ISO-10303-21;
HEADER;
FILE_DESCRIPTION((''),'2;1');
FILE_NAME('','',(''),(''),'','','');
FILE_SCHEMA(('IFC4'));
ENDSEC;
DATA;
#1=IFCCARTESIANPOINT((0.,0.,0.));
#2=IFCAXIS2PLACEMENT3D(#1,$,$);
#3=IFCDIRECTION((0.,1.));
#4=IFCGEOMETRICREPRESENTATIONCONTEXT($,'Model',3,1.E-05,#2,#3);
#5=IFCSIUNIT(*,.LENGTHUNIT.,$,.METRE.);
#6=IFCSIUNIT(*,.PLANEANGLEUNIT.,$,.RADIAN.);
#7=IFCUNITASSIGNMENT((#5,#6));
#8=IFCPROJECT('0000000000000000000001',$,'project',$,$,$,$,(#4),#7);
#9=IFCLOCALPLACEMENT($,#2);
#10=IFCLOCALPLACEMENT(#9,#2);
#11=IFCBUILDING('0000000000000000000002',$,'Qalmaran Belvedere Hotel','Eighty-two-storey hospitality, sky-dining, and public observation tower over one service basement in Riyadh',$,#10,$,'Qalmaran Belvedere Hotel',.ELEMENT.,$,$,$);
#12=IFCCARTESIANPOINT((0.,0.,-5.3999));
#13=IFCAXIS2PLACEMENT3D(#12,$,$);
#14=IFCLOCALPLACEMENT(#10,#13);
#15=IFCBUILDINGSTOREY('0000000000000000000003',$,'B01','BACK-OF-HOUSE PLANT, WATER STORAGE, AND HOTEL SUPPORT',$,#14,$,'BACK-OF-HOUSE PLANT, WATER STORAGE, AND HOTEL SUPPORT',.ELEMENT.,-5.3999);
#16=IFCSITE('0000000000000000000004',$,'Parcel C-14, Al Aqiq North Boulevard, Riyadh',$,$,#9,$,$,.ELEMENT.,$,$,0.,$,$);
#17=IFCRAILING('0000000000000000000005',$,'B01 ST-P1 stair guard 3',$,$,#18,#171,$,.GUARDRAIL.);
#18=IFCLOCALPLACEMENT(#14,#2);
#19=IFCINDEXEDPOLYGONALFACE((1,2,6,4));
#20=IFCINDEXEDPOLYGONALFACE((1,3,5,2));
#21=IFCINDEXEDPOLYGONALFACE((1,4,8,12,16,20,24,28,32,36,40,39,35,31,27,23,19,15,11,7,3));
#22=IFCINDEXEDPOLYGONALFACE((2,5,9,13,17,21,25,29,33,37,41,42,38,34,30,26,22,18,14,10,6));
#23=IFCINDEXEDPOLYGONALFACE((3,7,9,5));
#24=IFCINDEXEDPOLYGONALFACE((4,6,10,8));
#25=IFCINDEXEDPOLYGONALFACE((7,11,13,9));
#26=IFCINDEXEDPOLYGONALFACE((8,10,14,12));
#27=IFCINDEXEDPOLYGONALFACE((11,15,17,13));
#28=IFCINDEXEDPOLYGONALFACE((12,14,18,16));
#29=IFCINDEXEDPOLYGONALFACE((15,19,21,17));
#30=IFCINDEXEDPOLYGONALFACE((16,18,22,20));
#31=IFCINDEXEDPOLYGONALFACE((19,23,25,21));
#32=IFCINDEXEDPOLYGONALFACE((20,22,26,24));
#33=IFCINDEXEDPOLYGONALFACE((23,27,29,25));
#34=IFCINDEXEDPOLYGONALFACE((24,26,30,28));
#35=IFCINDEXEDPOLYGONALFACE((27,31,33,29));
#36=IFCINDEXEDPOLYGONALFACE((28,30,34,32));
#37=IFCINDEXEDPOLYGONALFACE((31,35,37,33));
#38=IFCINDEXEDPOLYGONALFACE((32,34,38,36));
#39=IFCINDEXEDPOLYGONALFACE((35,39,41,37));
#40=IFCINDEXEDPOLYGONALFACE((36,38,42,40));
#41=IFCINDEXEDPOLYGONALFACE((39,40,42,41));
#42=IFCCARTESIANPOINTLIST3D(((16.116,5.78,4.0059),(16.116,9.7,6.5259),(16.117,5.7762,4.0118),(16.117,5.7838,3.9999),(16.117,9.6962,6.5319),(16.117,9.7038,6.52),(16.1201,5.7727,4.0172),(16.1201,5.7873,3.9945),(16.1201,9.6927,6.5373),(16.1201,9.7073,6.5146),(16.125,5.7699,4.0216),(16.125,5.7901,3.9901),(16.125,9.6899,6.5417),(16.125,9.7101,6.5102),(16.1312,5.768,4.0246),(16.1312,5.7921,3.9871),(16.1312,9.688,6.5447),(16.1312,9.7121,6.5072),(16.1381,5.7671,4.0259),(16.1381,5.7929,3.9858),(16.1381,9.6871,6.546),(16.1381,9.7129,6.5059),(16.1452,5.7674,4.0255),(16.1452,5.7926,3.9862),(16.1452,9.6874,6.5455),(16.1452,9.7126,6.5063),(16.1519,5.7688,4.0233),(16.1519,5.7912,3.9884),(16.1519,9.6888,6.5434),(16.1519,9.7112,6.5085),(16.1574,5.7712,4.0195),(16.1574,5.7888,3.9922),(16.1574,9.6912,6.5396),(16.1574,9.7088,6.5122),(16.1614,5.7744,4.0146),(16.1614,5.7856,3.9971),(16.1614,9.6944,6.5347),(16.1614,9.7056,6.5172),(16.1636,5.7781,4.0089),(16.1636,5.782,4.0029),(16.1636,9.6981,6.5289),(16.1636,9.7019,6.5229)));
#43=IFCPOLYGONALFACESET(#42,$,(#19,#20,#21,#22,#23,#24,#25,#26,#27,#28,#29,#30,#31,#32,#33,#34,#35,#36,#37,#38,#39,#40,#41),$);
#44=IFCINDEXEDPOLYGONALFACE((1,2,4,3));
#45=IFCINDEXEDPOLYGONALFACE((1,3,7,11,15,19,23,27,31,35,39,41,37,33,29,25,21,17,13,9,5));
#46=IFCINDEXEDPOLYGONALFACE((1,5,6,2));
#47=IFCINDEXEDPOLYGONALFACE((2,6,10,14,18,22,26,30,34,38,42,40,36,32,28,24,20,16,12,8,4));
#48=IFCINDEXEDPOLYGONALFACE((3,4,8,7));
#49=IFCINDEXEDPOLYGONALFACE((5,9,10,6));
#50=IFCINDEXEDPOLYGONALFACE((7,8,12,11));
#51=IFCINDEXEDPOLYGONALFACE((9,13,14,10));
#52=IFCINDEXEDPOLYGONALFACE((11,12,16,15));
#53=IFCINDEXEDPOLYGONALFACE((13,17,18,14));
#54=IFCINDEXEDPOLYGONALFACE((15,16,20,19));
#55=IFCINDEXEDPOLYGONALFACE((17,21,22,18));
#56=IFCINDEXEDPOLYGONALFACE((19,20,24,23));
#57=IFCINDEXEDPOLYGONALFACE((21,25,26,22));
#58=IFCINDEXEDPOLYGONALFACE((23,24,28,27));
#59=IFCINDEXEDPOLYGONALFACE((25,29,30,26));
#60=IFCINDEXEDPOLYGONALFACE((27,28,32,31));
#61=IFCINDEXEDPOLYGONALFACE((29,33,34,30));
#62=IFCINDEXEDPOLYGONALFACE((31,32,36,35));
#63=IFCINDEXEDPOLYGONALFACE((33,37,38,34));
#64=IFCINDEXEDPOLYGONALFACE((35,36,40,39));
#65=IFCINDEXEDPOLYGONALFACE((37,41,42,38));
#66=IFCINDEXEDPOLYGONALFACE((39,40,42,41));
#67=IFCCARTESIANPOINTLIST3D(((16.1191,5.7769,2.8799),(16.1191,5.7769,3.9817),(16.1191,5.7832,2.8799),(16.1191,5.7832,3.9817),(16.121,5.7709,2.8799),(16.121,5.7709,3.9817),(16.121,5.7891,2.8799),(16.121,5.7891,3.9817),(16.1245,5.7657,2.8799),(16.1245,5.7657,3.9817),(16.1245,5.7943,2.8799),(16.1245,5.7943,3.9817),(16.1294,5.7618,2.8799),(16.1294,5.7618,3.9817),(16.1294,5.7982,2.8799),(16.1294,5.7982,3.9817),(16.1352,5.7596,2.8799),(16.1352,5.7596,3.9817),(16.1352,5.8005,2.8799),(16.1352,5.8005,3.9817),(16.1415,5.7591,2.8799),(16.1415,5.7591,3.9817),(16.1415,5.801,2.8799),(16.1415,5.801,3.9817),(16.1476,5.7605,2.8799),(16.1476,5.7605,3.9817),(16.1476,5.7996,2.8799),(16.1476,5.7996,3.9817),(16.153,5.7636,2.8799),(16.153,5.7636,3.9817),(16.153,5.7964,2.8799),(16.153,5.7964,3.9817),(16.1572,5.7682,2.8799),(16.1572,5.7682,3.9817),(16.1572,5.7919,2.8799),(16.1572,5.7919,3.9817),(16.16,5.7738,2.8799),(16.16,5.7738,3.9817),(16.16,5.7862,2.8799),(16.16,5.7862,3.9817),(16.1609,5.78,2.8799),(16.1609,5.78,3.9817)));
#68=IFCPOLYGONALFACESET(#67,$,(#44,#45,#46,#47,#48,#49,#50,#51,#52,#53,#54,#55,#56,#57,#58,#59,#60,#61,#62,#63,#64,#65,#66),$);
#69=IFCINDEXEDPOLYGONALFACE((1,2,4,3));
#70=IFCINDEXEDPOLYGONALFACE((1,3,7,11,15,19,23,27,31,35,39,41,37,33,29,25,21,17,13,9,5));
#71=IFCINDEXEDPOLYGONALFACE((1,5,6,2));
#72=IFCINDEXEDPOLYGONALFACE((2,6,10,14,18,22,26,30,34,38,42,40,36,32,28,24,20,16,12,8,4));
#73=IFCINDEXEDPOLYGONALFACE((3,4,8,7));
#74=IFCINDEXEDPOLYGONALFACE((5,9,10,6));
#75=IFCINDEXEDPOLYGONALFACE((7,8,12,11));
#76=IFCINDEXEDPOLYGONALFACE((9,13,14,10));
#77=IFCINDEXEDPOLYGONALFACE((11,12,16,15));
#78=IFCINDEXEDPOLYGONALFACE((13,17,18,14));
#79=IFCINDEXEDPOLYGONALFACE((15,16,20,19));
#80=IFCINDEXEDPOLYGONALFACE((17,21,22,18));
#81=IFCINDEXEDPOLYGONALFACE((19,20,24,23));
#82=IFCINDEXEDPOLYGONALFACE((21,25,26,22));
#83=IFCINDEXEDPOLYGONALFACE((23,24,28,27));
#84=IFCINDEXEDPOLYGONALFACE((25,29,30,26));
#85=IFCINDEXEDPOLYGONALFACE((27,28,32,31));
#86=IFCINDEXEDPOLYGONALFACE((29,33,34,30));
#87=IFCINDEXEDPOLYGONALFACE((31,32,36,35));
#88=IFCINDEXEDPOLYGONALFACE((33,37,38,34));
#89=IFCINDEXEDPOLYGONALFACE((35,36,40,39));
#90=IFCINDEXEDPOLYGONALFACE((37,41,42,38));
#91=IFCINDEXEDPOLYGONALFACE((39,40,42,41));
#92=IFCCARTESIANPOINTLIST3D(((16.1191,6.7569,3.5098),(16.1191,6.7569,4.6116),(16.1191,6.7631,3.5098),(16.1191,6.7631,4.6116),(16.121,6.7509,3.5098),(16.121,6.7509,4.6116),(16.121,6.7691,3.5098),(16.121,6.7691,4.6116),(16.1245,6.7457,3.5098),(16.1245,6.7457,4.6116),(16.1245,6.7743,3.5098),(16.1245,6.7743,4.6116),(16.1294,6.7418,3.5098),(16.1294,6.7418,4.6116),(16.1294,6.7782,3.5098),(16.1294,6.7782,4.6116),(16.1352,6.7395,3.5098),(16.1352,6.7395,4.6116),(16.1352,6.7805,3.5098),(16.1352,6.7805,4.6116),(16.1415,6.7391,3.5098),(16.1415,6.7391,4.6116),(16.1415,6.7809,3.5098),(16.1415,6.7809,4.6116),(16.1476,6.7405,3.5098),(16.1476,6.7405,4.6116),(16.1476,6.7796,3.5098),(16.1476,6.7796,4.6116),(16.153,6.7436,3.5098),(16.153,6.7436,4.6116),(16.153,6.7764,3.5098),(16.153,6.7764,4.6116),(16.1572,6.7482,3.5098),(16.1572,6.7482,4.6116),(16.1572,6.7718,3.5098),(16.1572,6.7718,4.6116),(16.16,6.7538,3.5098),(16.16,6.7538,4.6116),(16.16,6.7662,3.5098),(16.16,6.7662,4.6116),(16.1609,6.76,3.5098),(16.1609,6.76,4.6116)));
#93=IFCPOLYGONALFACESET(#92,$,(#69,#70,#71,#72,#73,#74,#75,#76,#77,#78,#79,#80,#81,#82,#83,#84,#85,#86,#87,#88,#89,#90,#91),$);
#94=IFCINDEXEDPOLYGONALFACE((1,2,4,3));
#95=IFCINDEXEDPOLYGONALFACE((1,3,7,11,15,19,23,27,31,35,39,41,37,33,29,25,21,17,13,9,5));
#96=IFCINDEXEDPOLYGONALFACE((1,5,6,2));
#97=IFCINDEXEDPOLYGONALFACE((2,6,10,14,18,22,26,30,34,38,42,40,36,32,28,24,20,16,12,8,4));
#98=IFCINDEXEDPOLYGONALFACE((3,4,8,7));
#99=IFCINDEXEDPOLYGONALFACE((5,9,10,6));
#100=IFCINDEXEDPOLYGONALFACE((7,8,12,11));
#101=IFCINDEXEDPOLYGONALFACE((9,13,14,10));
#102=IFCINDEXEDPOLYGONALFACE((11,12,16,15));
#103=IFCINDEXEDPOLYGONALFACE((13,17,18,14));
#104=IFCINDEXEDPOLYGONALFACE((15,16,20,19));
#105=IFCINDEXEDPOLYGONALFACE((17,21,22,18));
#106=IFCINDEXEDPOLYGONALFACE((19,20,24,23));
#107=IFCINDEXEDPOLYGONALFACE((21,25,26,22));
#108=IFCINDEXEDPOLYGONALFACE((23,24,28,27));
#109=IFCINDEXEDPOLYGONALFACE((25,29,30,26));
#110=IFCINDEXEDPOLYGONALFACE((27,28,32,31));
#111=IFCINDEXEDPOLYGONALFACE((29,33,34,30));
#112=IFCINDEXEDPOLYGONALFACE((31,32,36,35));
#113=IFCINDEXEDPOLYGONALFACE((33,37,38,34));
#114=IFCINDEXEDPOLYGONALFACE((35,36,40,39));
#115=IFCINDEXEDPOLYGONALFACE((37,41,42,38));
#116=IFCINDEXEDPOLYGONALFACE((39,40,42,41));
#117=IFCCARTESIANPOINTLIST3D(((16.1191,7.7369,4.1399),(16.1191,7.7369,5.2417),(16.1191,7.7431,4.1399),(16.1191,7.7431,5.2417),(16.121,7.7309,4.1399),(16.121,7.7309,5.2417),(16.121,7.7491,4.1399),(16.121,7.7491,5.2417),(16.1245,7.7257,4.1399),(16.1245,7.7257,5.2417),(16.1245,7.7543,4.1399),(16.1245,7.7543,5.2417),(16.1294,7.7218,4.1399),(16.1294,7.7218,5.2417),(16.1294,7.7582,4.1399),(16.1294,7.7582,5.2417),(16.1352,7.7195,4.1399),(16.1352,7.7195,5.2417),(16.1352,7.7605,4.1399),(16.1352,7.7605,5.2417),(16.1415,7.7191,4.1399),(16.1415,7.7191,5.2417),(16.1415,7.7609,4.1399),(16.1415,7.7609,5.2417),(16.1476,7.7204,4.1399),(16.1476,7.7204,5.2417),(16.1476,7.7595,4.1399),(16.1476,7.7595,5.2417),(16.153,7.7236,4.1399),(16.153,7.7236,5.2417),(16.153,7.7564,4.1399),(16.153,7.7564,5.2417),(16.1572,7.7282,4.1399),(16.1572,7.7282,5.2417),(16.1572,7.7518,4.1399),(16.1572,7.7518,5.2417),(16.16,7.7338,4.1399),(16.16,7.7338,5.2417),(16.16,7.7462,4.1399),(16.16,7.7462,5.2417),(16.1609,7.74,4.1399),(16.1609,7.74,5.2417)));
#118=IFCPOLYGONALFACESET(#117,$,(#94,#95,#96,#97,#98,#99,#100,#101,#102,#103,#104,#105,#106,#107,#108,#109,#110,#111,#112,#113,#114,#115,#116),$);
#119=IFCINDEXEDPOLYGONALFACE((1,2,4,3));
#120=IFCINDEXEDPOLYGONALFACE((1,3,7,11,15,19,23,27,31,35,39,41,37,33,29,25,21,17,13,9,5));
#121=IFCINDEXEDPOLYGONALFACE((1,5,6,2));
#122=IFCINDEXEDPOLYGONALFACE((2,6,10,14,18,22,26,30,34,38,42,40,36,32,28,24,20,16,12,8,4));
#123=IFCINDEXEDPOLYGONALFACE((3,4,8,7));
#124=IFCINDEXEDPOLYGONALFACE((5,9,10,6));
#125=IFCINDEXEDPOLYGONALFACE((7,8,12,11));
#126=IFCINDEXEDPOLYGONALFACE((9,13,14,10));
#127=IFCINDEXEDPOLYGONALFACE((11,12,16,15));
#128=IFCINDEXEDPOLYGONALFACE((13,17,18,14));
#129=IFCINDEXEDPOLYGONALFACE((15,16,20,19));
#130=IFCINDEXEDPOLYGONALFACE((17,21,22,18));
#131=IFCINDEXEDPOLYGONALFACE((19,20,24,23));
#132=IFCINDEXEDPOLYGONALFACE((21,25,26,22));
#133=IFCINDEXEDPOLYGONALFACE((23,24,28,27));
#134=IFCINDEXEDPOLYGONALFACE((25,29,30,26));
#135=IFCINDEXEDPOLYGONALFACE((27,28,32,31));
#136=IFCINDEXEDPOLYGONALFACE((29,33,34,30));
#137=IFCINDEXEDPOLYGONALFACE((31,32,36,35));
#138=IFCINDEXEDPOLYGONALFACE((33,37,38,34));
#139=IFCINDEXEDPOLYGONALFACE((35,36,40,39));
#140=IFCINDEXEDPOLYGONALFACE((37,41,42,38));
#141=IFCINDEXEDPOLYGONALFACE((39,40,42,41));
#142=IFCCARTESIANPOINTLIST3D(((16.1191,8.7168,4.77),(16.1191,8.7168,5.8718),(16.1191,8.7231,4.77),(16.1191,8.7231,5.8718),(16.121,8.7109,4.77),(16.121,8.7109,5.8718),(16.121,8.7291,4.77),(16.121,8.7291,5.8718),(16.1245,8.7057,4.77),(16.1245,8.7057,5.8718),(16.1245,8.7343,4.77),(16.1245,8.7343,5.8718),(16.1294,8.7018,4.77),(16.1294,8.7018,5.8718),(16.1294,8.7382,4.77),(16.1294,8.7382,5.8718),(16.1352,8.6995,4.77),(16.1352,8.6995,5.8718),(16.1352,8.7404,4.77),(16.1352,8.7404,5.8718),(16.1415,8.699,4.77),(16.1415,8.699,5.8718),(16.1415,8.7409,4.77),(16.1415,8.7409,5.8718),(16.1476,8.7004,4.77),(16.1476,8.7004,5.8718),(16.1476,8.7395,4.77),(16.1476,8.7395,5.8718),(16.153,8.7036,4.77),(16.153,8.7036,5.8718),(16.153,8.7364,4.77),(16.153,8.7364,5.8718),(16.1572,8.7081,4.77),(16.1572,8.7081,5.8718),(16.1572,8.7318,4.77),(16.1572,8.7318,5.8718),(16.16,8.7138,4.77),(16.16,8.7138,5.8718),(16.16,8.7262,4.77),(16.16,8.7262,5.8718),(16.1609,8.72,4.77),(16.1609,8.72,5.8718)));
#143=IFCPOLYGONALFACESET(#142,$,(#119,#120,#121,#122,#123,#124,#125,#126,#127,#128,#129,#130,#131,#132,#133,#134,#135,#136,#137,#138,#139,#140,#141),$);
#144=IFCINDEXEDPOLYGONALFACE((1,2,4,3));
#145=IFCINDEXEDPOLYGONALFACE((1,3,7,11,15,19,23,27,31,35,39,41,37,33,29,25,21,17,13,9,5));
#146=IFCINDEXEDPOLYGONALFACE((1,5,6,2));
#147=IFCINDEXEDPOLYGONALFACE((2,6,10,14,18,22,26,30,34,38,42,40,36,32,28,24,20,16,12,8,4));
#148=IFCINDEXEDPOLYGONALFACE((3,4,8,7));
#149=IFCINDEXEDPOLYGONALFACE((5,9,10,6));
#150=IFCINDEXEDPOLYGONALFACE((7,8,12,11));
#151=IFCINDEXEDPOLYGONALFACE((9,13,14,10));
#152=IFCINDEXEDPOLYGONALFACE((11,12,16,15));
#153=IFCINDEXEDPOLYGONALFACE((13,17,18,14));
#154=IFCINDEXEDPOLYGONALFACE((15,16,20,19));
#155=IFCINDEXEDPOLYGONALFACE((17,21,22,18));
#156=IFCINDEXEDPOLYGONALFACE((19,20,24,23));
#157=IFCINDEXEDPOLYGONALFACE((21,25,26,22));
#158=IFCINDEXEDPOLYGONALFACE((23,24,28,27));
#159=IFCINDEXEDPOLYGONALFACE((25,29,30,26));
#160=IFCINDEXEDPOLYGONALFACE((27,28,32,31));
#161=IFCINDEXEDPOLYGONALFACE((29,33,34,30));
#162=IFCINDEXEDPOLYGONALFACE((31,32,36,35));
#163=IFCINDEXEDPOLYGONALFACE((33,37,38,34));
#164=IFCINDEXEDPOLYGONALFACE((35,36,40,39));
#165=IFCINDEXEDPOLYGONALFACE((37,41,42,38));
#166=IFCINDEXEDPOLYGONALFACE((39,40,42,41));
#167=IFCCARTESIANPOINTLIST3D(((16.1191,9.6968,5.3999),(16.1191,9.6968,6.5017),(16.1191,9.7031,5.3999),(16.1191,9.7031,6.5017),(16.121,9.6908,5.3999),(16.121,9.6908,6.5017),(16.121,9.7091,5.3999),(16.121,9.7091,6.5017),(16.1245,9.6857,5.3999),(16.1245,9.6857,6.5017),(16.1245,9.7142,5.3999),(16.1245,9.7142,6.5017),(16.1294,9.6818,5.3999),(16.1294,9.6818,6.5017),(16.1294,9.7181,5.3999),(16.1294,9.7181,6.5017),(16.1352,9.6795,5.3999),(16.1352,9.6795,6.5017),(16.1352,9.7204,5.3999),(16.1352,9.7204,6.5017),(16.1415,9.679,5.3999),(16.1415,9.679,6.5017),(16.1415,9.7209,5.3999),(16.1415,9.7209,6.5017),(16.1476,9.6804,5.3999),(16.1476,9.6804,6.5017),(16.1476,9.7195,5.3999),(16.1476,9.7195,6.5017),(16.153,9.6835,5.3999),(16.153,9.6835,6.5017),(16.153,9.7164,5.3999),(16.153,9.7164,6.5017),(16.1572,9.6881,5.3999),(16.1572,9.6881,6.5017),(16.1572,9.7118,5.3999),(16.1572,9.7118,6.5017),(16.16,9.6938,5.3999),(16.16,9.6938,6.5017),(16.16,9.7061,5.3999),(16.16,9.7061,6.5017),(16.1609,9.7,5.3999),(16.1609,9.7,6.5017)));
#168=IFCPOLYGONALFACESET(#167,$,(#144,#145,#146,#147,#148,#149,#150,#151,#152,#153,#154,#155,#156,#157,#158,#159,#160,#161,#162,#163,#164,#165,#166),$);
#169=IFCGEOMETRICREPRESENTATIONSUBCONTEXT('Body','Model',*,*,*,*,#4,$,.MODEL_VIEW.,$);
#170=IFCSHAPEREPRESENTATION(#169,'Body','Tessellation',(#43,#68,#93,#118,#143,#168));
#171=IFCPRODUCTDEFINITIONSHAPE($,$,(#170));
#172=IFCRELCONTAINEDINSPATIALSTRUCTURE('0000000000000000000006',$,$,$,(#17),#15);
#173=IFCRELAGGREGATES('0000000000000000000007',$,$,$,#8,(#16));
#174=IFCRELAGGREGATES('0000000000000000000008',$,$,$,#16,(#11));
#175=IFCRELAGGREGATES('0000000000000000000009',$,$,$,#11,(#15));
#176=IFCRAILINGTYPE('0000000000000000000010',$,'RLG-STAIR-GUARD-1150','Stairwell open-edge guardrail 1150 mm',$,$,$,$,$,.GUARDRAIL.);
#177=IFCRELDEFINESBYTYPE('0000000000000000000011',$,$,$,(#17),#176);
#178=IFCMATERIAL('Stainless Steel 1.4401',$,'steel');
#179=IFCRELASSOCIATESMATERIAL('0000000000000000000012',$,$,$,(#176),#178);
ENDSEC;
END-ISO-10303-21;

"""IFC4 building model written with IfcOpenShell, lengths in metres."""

from ifc_helpers import new_model, si_unit, direction, frame, origin, origin_2d, place, context, subcontext, project, spatial, circle, extrude, material, type_object, element, save


model = new_model("IFC4")

# Units and contexts
model_context = context("Model", 3, precision=1e-05, world=origin(), true_north=direction((0.0, 1.0)))
body_context = subcontext(model_context, "Body", "Model", "MODEL_VIEW")
ifc_project = project(units=[si_unit("LENGTHUNIT", "METRE"), si_unit("PLANEANGLEUNIT", "RADIAN")], contexts=[model_context])

# Site, building, storey
site_placement = place(None, origin())
site = spatial("IfcSite", under=ifc_project, at=site_placement, Name="Parcel C-14, Al Aqiq North Boulevard, Riyadh", CompositionType="ELEMENT", RefElevation=0.0)
building_placement = place(site_placement, origin())
building = spatial("IfcBuilding", under=site, at=building_placement, Name="Qalmaran Belvedere Hotel", Description="Eighty-two-storey hospitality, sky-dining, and public observation tower over one service basement in Riyadh", LongName="Qalmaran Belvedere Hotel", CompositionType="ELEMENT")
storey_placement = place(building_placement, frame((0.0, 0.0, -5.3999)))
storey = spatial("IfcBuildingStorey", under=building, at=storey_placement, Name="B01", Description="BACK-OF-HOUSE PLANT, WATER STORAGE, AND HOTEL SUPPORT", LongName="BACK-OF-HOUSE PLANT, WATER STORAGE, AND HOTEL SUPPORT", CompositionType="ELEMENT", Elevation=-5.3999)

# Railing
ifc_material_1 = material(Name="Stainless Steel 1.4401", Category="steel")
railing_type_1 = type_object("IfcRailingType", Name="RLG-STAIR-GUARD-1150", Description="Stairwell open-edge guardrail 1150 mm", PredefinedType="GUARDRAIL", material=ifc_material_1)
railing_1_placement = place(storey_placement, frame((16.1399, 5.78, 2.8799)))
element("IfcRailing", 1, at=railing_1_placement, inside=storey, type_object=railing_type_1, Name="B01 ST-P1 stair guard 3", PredefinedType="GUARDRAIL", context=body_context, shape_type="SweptSolid", body=[
    extrude(circle(Radius=0.0239, at=origin_2d()), frame((0.0, 0.0, 1.126), z_axis=(0.0, 0.841172, 0.540768), x_axis=(-1.0, 0.0, 0.0)), (0.0, 0.0, 1.0), 4.6602),
    extrude(circle(Radius=0.021, at=origin_2d()), origin(), (0.0, 0.0, 1.0), 1.1018),
    extrude(circle(Radius=0.021, at=origin_2d()), frame((0.0, 0.98, 0.6299)), (0.0, 0.0, 1.0), 1.1018),
    extrude(circle(Radius=0.021, at=origin_2d()), frame((0.0, 1.96, 1.26)), (0.0, 0.0, 1.0), 1.1018),
    extrude(circle(Radius=0.021, at=origin_2d()), frame((0.0, 2.9399, 1.8901)), (0.0, 0.0, 1.0), 1.1018),
    extrude(circle(Radius=0.021, at=origin_2d()), frame((0.0, 3.9199, 2.52)), (0.0, 0.0, 1.0), 1.1018),
])

save(model, "model.ifc")
